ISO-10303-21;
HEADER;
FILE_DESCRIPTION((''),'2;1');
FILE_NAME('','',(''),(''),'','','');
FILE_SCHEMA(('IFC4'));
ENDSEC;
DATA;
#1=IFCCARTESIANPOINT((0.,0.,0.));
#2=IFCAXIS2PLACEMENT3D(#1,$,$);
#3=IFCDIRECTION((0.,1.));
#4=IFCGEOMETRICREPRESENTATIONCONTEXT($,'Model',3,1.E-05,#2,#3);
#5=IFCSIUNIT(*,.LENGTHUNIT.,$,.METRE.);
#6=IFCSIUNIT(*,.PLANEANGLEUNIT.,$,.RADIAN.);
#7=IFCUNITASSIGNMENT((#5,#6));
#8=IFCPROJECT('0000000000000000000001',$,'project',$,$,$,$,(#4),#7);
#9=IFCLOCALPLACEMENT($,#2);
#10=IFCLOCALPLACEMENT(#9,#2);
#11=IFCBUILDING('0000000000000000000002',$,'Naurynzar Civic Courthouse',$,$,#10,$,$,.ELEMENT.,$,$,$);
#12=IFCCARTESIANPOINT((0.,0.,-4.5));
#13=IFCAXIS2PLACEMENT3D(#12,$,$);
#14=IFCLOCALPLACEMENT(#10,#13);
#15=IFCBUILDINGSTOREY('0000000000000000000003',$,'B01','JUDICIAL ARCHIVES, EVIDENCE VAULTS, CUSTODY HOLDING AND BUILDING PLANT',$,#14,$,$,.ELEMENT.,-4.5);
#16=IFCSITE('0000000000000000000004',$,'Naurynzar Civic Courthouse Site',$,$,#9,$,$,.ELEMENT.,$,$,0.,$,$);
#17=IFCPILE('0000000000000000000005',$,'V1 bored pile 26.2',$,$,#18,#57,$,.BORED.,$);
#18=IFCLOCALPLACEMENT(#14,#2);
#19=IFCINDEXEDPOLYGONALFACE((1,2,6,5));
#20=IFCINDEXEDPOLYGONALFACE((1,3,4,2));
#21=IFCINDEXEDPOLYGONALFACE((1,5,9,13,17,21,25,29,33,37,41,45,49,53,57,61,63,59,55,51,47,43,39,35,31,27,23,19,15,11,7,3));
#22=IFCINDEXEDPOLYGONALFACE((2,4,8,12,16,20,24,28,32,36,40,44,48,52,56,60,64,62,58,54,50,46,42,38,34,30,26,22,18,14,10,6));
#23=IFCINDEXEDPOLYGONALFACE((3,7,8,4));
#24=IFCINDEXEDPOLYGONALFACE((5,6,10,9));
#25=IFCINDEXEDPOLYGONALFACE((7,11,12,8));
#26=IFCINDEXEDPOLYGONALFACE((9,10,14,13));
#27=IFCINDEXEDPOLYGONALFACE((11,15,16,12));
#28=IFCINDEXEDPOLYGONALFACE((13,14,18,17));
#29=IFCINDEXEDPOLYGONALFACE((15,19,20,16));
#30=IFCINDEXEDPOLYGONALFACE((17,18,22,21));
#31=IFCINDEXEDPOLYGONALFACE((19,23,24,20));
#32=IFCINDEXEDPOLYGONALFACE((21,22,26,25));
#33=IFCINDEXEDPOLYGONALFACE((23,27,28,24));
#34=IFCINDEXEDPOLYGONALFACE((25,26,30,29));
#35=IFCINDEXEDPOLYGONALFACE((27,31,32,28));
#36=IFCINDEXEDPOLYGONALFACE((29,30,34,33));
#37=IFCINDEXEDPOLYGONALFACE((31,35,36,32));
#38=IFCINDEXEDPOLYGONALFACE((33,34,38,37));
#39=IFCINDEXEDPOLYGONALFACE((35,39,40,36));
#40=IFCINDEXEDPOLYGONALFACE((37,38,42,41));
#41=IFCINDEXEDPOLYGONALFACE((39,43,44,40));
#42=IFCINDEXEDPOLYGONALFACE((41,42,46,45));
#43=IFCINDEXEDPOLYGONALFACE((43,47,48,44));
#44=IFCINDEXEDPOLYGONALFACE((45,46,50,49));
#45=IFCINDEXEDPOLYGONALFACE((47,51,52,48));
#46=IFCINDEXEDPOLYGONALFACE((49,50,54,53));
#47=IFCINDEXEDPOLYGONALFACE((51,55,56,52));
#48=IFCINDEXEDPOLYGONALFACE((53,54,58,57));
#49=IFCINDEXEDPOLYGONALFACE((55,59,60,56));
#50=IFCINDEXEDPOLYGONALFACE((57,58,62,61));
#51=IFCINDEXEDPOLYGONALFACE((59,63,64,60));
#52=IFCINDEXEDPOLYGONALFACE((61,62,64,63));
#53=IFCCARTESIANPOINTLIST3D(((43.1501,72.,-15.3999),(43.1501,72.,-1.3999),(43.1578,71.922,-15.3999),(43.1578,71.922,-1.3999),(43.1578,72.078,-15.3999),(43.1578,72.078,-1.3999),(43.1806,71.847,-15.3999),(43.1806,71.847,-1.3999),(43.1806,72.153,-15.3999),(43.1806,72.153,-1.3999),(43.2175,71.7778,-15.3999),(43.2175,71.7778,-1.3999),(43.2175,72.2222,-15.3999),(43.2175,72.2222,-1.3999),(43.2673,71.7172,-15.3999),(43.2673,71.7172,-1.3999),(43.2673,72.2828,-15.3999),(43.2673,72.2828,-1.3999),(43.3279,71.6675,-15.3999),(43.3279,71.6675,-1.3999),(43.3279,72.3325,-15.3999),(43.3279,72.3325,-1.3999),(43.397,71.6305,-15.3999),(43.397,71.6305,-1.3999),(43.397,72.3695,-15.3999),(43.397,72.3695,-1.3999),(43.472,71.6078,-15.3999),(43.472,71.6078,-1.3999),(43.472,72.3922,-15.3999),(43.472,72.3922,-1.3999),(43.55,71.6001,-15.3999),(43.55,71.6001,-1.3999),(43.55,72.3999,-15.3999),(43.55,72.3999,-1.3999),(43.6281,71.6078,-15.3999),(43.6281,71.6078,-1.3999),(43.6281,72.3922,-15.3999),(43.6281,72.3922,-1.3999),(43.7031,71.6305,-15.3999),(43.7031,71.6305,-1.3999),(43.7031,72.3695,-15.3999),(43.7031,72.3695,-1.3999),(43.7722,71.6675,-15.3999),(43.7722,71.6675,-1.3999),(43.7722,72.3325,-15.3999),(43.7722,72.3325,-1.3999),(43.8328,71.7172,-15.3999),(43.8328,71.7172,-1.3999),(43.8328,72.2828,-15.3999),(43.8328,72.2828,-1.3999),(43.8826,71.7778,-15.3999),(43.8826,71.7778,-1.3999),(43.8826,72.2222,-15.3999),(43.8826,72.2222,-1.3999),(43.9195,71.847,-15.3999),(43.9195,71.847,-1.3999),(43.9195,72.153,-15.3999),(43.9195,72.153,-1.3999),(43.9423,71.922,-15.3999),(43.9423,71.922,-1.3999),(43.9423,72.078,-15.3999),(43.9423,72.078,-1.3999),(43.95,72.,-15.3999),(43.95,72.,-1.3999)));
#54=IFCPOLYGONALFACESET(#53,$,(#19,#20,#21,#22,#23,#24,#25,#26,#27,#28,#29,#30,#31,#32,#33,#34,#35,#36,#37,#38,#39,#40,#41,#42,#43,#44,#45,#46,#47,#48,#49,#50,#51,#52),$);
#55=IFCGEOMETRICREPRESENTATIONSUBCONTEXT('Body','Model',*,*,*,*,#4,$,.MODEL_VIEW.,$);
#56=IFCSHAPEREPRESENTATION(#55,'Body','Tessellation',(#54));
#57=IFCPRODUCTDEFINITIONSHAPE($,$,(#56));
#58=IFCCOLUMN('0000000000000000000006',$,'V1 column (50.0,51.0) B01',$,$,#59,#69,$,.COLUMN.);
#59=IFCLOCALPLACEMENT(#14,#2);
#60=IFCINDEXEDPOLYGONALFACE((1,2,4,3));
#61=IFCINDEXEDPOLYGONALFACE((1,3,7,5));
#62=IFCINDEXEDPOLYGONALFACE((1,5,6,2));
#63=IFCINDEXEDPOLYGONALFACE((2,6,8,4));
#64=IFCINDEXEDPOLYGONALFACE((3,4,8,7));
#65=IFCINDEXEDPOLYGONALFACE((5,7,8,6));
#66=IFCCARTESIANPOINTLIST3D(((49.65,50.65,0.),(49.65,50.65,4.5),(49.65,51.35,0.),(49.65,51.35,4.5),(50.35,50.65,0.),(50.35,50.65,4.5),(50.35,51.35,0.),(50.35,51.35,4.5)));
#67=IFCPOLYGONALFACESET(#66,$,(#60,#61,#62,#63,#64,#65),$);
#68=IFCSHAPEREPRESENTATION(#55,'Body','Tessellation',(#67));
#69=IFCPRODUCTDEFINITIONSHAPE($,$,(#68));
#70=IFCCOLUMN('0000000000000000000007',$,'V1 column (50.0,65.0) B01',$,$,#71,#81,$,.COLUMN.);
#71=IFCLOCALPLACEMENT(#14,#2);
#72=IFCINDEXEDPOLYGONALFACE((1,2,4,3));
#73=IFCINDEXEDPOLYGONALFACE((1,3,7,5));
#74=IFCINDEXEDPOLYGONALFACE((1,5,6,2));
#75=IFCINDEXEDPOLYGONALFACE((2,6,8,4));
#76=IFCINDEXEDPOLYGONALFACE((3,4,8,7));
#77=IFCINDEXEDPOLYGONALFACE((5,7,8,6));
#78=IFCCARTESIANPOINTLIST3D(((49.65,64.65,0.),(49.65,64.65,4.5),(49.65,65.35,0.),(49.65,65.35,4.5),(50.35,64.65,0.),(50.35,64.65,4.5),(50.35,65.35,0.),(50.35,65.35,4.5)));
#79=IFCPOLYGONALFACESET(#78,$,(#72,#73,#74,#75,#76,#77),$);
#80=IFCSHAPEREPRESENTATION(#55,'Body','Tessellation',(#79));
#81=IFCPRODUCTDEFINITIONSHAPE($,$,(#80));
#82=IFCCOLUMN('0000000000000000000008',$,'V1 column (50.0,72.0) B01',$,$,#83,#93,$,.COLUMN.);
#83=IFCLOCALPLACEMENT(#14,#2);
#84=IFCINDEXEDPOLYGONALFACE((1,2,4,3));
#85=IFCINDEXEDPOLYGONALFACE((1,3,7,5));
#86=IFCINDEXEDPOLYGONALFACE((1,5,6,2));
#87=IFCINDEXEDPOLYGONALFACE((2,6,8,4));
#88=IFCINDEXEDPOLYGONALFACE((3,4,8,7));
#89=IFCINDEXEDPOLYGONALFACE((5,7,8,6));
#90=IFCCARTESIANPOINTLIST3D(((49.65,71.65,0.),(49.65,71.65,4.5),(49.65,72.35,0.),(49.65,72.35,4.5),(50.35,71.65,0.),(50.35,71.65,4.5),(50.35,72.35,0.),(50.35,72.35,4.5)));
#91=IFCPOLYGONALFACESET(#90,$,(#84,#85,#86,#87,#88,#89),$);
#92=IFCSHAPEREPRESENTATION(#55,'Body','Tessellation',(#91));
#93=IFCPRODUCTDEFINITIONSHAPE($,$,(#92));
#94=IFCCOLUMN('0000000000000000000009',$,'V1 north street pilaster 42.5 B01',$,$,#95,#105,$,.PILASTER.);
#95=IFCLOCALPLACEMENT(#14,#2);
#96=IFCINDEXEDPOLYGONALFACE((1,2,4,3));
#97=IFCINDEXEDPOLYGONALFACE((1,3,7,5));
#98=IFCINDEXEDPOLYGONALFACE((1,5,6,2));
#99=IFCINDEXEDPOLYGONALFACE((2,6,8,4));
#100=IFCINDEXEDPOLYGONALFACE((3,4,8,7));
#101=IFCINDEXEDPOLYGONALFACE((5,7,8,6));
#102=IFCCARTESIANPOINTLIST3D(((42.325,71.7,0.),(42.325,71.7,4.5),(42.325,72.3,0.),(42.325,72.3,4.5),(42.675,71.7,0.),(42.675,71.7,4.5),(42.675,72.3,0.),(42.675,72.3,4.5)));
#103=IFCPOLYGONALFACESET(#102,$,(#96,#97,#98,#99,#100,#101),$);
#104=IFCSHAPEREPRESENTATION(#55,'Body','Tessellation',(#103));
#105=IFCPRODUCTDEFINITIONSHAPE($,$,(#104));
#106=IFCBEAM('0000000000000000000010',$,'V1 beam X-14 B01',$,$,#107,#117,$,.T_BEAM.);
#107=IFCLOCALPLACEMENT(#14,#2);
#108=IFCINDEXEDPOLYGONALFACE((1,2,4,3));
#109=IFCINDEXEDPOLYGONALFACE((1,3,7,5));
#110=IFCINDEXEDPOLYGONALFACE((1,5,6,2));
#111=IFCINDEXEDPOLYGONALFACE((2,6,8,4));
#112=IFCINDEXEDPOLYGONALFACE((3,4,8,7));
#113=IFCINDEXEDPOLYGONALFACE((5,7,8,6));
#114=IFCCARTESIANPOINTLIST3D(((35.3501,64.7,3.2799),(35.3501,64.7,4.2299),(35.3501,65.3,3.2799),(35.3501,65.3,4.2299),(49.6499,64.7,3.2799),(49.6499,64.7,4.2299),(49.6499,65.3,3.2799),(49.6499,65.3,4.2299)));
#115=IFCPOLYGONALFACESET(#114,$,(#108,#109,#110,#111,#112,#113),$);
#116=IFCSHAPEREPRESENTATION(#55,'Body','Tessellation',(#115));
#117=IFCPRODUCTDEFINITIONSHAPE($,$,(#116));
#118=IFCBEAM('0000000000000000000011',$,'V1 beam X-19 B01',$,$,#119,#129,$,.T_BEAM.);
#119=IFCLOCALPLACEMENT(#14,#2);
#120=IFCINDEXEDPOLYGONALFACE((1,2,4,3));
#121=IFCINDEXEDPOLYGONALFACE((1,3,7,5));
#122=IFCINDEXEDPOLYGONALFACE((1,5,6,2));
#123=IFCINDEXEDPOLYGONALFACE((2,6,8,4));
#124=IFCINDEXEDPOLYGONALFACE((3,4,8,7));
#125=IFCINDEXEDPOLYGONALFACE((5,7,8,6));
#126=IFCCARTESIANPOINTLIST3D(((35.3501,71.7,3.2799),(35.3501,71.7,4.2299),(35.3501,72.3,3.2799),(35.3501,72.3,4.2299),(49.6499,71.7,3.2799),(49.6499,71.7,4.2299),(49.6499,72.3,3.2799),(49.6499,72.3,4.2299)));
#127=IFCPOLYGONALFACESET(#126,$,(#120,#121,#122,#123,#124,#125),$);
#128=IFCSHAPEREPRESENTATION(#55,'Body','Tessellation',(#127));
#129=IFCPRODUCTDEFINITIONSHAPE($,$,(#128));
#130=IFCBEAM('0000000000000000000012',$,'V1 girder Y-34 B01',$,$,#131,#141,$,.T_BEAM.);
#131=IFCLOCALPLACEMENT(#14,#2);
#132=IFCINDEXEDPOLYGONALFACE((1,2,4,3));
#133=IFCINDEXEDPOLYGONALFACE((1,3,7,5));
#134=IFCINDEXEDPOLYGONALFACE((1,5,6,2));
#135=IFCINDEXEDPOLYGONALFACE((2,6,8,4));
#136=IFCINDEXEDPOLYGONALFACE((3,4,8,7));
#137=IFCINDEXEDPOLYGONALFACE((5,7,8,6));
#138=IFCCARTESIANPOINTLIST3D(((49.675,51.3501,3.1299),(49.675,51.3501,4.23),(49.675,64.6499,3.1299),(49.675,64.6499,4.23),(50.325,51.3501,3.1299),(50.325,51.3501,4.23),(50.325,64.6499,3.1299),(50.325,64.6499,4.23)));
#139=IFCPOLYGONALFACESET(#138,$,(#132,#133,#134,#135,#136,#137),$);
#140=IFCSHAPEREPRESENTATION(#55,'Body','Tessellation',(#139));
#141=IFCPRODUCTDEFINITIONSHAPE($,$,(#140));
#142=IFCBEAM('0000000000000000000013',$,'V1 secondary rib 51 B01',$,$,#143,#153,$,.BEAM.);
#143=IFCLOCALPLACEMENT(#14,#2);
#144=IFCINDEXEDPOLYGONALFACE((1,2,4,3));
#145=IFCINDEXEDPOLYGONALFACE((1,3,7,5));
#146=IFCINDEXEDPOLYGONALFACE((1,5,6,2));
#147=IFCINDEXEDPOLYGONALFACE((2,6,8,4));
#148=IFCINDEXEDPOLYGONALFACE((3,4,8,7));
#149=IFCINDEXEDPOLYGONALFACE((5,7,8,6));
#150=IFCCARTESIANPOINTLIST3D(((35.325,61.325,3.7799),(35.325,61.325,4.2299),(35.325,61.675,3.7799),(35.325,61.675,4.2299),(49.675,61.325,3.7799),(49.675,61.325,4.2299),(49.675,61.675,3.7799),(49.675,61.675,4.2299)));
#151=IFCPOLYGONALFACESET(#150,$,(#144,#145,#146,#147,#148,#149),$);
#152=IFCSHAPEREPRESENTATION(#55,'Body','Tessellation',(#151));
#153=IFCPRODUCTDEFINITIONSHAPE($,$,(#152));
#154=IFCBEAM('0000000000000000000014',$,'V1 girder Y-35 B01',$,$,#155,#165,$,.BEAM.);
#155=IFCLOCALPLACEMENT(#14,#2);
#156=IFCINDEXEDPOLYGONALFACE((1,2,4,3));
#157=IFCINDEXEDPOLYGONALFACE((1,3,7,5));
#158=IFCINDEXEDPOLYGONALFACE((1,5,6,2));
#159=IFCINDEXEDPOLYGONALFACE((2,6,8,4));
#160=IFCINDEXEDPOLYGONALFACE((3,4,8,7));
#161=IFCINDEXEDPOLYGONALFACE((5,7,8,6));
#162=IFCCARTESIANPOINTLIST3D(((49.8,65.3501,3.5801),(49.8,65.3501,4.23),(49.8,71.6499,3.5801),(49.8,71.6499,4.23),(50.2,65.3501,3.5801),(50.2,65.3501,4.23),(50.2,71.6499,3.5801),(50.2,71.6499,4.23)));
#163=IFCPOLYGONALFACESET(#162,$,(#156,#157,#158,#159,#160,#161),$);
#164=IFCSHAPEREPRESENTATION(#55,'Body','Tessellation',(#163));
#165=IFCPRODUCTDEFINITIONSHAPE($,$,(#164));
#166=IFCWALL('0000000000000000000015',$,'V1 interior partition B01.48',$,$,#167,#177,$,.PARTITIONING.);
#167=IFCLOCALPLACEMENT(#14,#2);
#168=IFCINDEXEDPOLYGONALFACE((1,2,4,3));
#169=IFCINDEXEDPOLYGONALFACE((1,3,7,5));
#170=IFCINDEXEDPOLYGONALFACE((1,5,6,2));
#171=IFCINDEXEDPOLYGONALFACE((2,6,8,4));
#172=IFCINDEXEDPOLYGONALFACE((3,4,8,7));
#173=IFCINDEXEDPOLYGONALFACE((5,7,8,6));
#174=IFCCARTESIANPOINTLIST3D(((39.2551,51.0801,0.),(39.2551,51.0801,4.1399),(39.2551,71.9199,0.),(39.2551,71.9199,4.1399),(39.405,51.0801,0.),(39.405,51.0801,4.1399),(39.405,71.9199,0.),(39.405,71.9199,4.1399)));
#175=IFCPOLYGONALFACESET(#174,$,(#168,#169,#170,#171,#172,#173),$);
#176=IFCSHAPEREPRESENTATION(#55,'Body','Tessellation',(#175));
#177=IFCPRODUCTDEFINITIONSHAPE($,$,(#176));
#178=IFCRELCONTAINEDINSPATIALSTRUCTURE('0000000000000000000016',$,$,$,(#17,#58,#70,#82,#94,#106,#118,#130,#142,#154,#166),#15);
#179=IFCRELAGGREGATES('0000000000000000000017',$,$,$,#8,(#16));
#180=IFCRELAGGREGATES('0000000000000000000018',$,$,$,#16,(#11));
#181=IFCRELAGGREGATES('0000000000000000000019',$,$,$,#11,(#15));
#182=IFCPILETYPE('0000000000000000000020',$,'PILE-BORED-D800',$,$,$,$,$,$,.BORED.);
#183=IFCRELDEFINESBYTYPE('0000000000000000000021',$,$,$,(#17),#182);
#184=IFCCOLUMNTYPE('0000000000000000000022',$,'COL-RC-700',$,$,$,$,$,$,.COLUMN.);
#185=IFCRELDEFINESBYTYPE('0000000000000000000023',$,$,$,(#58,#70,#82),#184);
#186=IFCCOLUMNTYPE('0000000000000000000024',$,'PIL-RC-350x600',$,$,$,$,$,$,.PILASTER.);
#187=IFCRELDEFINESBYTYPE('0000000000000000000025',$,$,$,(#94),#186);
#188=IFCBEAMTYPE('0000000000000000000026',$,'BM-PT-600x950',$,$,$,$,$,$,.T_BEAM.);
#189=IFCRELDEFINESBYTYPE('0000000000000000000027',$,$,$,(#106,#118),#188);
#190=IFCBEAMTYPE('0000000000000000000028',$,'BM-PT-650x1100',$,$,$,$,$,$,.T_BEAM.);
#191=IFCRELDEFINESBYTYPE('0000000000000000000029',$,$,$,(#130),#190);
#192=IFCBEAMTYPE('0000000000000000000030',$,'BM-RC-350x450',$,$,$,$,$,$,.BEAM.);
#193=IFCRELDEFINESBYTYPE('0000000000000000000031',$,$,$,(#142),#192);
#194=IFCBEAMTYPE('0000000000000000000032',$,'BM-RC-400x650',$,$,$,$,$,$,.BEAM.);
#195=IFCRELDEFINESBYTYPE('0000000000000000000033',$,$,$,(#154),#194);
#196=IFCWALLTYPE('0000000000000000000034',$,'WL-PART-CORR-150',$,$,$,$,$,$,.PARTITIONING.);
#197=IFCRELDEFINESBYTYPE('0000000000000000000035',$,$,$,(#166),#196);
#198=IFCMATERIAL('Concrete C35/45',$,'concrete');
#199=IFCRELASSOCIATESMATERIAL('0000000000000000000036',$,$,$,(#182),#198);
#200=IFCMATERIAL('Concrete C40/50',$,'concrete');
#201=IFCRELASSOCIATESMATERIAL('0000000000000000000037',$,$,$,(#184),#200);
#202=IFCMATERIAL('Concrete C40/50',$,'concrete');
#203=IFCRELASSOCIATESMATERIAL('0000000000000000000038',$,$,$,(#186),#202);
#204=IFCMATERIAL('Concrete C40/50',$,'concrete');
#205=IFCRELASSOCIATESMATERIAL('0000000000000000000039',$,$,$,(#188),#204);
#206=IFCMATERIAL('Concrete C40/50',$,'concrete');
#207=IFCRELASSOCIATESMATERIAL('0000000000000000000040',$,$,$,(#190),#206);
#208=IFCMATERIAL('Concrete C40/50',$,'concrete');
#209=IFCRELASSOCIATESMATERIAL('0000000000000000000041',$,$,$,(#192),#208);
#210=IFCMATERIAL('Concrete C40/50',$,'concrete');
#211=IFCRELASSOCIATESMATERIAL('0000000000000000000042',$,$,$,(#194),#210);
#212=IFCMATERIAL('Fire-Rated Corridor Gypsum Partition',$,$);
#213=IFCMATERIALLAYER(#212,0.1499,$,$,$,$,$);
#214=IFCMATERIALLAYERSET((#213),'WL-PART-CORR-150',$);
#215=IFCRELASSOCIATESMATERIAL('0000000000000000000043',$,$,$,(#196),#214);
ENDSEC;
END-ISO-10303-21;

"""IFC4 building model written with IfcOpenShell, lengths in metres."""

from ifc_helpers import new_model, si_unit, direction, frame, frame_2d, origin, origin_2d, place, context, subcontext, project, spatial, rectangle, circle, extrude, material, layer, layer_set, material_profile, profile_set, type_object, element, save


model = new_model("IFC4")

# Units and contexts
model_context = context("Model", 3, precision=1e-05, world=origin(), true_north=direction((0.0, 1.0)))
body_context = subcontext(model_context, "Body", "Model", "MODEL_VIEW")
ifc_project = project(units=[si_unit("LENGTHUNIT", "METRE"), si_unit("PLANEANGLEUNIT", "RADIAN")], contexts=[model_context])

# Site, building, storey
site_placement = place(None, origin())
site = spatial("IfcSite", under=ifc_project, at=site_placement, Name="Naurynzar Civic Courthouse Site", CompositionType="ELEMENT", RefElevation=0.0)
building_placement = place(site_placement, origin())
building = spatial("IfcBuilding", under=site, at=building_placement, Name="Naurynzar Civic Courthouse", CompositionType="ELEMENT")
storey_placement = place(building_placement, frame((0.0, 0.0, -4.5)))
storey = spatial("IfcBuildingStorey", under=building, at=storey_placement, Name="B01", Description="JUDICIAL ARCHIVES, EVIDENCE VAULTS, CUSTODY HOLDING AND BUILDING PLANT", CompositionType="ELEMENT", Elevation=-4.5)

# Pile
ifc_material_1 = material(Name="Concrete C35/45", Category="concrete")
ifc_material_profile_1 = material_profile(ifc_material_1, circle(Radius=0.3999, at=origin_2d()), Name="PILE D800")
ifc_profile_set_1 = profile_set([ifc_material_profile_1], Name="Concrete C35/45")
pile_type = type_object("IfcPileType", Name="PILE-BORED-D800", PredefinedType="BORED", material=ifc_profile_set_1)
for number, where, z_axis, x_axis, name in (
    (1, (43.55, 72.0, -1.3999), (0.0, 0.0, -1.0), (1.0, 0.0, 0.0), "V1 bored pile 26.2"),
):
    element("IfcPile", number, at=place(storey_placement, frame(where, z_axis=z_axis, x_axis=x_axis)), inside=storey, type_object=pile_type, Name=name, PredefinedType="BORED", context=body_context, shape_type="SweptSolid", body=[
        extrude(circle(Radius=0.3999, at=origin_2d()), origin(), (0.0, 0.0, 1.0), 14.0),
    ])

# Columns
ifc_material_2 = material(Name="Concrete C40/50", Category="concrete")
ifc_material_profile_2 = material_profile(ifc_material_2, rectangle(XDim=0.7, YDim=0.7, at=origin_2d()), Name="RC 700x700")
ifc_profile_set_2 = profile_set([ifc_material_profile_2], Name="Concrete C40/50")
column_type_1 = type_object("IfcColumnType", Name="COL-RC-700", PredefinedType="COLUMN", material=ifc_profile_set_2)
for number, where, z_axis, x_axis, name in (
    (2, (50.0, 51.0, 0.0), (0.0, 0.0, 1.0), (1.0, 0.0, 0.0), "V1 column (50.0,51.0) B01"),
    (3, (50.0, 65.0, 0.0), (0.0, 0.0, 1.0), (1.0, 0.0, 0.0), "V1 column (50.0,65.0) B01"),
    (4, (50.0, 72.0, 0.0), (0.0, 0.0, 1.0), (1.0, 0.0, 0.0), "V1 column (50.0,72.0) B01"),
):
    element("IfcColumn", number, at=place(storey_placement, frame(where, z_axis=z_axis, x_axis=x_axis)), inside=storey, type_object=column_type_1, Name=name, PredefinedType="COLUMN", context=body_context, shape_type="SweptSolid", body=[
        extrude(rectangle(XDim=0.7, YDim=0.7, at=origin_2d()), origin(), (0.0, 0.0, 1.0), 4.5),
    ])
ifc_material_3 = material(Name="Concrete C40/50", Category="concrete")
ifc_material_profile_3 = material_profile(ifc_material_3, rectangle(XDim=0.3501, YDim=0.6001, at=origin_2d()), Name="RC 350x600")
ifc_profile_set_3 = profile_set([ifc_material_profile_3], Name="Concrete C40/50")
column_type_2 = type_object("IfcColumnType", Name="PIL-RC-350x600", PredefinedType="PILASTER", material=ifc_profile_set_3)
column_placement = place(storey_placement, frame((42.5, 72.0, 0.0), z_axis=(0.0, 0.0, 1.0), x_axis=(1.0, 0.0, 0.0)))
element("IfcColumn", 5, at=column_placement, inside=storey, type_object=column_type_2, Name="V1 north street pilaster 42.5 B01", PredefinedType="PILASTER", context=body_context, shape_type="SweptSolid", body=[
    extrude(rectangle(XDim=0.3501, YDim=0.6001, at=origin_2d()), origin(), (0.0, 0.0, 1.0), 4.5),
])

# Beams
ifc_material_4 = material(Name="Concrete C40/50", Category="concrete")
ifc_material_profile_4 = material_profile(ifc_material_4, rectangle(XDim=0.6001, YDim=0.95, at=origin_2d()), Name="PTB 600x950")
ifc_profile_set_4 = profile_set([ifc_material_profile_4], Name="Concrete C40/50")
beam_type_1 = type_object("IfcBeamType", Name="BM-PT-600x950", PredefinedType="T_BEAM", material=ifc_profile_set_4)
for number, where, z_axis, x_axis, name in (
    (6, (35.3501, 65.0, 3.7549), (1.0, 0.0, 0.0), (0.0, 1.0, 0.0), "V1 beam X-14 B01"),
    (7, (35.3501, 72.0, 3.7549), (1.0, 0.0, 0.0), (0.0, 1.0, 0.0), "V1 beam X-19 B01"),
):
    element("IfcBeam", number, at=place(storey_placement, frame(where, z_axis=z_axis, x_axis=x_axis)), inside=storey, type_object=beam_type_1, Name=name, PredefinedType="T_BEAM", context=body_context, shape_type="SweptSolid", body=[
        extrude(rectangle(XDim=0.6001, YDim=0.95, at=origin_2d()), origin(), (0.0, 0.0, 1.0), 14.2998),
    ])
ifc_material_5 = material(Name="Concrete C40/50", Category="concrete")
ifc_material_profile_5 = material_profile(ifc_material_5, rectangle(XDim=0.6499, YDim=1.1001, at=origin_2d()), Name="PTB 650x1100")
ifc_profile_set_5 = profile_set([ifc_material_profile_5], Name="Concrete C40/50")
beam_type_2 = type_object("IfcBeamType", Name="BM-PT-650x1100", PredefinedType="T_BEAM", material=ifc_profile_set_5)
beam_1_placement = place(storey_placement, frame((50.0, 51.3501, 3.6799), z_axis=(0.0, 1.0, 0.0), x_axis=(-1.0, 0.0, 0.0)))
element("IfcBeam", 8, at=beam_1_placement, inside=storey, type_object=beam_type_2, Name="V1 girder Y-34 B01", PredefinedType="T_BEAM", context=body_context, shape_type="SweptSolid", body=[
    extrude(rectangle(XDim=0.6499, YDim=1.1001, at=origin_2d()), origin(), (0.0, 0.0, 1.0), 13.2998),
])
ifc_material_6 = material(Name="Concrete C40/50", Category="concrete")
ifc_material_profile_6 = material_profile(ifc_material_6, rectangle(XDim=0.3501, YDim=0.45, at=origin_2d()), Name="RCB 350x450")
ifc_profile_set_6 = profile_set([ifc_material_profile_6], Name="Concrete C40/50")
beam_type_3 = type_object("IfcBeamType", Name="BM-RC-350x450", PredefinedType="BEAM", material=ifc_profile_set_6)
beam_2_placement = place(storey_placement, frame((35.325, 61.5, 4.0049), z_axis=(1.0, 0.0, 0.0), x_axis=(0.0, 1.0, 0.0)))
element("IfcBeam", 9, at=beam_2_placement, inside=storey, type_object=beam_type_3, Name="V1 secondary rib 51 B01", PredefinedType="BEAM", context=body_context, shape_type="SweptSolid", body=[
    extrude(rectangle(XDim=0.3501, YDim=0.45, at=origin_2d()), origin(), (0.0, 0.0, 1.0), 14.3501),
])
ifc_material_7 = material(Name="Concrete C40/50", Category="concrete")
ifc_material_profile_7 = material_profile(ifc_material_7, rectangle(XDim=0.3999, YDim=0.6499, at=origin_2d()), Name="RCB 400x650")
ifc_profile_set_7 = profile_set([ifc_material_profile_7], Name="Concrete C40/50")
beam_type_4 = type_object("IfcBeamType", Name="BM-RC-400x650", PredefinedType="BEAM", material=ifc_profile_set_7)
beam_3_placement = place(storey_placement, frame((50.0, 65.3501, 3.905), z_axis=(0.0, 1.0, 0.0), x_axis=(-1.0, 0.0, 0.0)))
element("IfcBeam", 10, at=beam_3_placement, inside=storey, type_object=beam_type_4, Name="V1 girder Y-35 B01", PredefinedType="BEAM", context=body_context, shape_type="SweptSolid", body=[
    extrude(rectangle(XDim=0.3999, YDim=0.6499, at=origin_2d()), origin(), (0.0, 0.0, 1.0), 6.2998),
])

# Shared definitions
ifc_material_8 = material(Name="Fire-Rated Corridor Gypsum Partition")
ifc_layer_1 = layer(ifc_material_8, 0.1499)
ifc_layer_set_1 = layer_set([ifc_layer_1], Name="WL-PART-CORR-150")
wall_type_1 = type_object("IfcWallType", Name="WL-PART-CORR-150", PredefinedType="PARTITIONING", material=ifc_layer_set_1)

# Wall
wall_1_placement = place(storey_placement, frame((39.3301, 51.0801, 0.0), z_axis=(0.0, 0.0, 1.0), x_axis=(0.0, 1.0, 0.0)))
element("IfcWall", 11, at=wall_1_placement, inside=storey, type_object=wall_type_1, Name="V1 interior partition B01.48", PredefinedType="PARTITIONING", context=body_context, shape_type="SweptSolid", body=[
    extrude(rectangle(XDim=20.8398, YDim=0.1499, at=frame_2d((10.4199, 0.0))), origin(), (0.0, 0.0, 1.0), 4.1399),
])

save(model, "model.ifc")
